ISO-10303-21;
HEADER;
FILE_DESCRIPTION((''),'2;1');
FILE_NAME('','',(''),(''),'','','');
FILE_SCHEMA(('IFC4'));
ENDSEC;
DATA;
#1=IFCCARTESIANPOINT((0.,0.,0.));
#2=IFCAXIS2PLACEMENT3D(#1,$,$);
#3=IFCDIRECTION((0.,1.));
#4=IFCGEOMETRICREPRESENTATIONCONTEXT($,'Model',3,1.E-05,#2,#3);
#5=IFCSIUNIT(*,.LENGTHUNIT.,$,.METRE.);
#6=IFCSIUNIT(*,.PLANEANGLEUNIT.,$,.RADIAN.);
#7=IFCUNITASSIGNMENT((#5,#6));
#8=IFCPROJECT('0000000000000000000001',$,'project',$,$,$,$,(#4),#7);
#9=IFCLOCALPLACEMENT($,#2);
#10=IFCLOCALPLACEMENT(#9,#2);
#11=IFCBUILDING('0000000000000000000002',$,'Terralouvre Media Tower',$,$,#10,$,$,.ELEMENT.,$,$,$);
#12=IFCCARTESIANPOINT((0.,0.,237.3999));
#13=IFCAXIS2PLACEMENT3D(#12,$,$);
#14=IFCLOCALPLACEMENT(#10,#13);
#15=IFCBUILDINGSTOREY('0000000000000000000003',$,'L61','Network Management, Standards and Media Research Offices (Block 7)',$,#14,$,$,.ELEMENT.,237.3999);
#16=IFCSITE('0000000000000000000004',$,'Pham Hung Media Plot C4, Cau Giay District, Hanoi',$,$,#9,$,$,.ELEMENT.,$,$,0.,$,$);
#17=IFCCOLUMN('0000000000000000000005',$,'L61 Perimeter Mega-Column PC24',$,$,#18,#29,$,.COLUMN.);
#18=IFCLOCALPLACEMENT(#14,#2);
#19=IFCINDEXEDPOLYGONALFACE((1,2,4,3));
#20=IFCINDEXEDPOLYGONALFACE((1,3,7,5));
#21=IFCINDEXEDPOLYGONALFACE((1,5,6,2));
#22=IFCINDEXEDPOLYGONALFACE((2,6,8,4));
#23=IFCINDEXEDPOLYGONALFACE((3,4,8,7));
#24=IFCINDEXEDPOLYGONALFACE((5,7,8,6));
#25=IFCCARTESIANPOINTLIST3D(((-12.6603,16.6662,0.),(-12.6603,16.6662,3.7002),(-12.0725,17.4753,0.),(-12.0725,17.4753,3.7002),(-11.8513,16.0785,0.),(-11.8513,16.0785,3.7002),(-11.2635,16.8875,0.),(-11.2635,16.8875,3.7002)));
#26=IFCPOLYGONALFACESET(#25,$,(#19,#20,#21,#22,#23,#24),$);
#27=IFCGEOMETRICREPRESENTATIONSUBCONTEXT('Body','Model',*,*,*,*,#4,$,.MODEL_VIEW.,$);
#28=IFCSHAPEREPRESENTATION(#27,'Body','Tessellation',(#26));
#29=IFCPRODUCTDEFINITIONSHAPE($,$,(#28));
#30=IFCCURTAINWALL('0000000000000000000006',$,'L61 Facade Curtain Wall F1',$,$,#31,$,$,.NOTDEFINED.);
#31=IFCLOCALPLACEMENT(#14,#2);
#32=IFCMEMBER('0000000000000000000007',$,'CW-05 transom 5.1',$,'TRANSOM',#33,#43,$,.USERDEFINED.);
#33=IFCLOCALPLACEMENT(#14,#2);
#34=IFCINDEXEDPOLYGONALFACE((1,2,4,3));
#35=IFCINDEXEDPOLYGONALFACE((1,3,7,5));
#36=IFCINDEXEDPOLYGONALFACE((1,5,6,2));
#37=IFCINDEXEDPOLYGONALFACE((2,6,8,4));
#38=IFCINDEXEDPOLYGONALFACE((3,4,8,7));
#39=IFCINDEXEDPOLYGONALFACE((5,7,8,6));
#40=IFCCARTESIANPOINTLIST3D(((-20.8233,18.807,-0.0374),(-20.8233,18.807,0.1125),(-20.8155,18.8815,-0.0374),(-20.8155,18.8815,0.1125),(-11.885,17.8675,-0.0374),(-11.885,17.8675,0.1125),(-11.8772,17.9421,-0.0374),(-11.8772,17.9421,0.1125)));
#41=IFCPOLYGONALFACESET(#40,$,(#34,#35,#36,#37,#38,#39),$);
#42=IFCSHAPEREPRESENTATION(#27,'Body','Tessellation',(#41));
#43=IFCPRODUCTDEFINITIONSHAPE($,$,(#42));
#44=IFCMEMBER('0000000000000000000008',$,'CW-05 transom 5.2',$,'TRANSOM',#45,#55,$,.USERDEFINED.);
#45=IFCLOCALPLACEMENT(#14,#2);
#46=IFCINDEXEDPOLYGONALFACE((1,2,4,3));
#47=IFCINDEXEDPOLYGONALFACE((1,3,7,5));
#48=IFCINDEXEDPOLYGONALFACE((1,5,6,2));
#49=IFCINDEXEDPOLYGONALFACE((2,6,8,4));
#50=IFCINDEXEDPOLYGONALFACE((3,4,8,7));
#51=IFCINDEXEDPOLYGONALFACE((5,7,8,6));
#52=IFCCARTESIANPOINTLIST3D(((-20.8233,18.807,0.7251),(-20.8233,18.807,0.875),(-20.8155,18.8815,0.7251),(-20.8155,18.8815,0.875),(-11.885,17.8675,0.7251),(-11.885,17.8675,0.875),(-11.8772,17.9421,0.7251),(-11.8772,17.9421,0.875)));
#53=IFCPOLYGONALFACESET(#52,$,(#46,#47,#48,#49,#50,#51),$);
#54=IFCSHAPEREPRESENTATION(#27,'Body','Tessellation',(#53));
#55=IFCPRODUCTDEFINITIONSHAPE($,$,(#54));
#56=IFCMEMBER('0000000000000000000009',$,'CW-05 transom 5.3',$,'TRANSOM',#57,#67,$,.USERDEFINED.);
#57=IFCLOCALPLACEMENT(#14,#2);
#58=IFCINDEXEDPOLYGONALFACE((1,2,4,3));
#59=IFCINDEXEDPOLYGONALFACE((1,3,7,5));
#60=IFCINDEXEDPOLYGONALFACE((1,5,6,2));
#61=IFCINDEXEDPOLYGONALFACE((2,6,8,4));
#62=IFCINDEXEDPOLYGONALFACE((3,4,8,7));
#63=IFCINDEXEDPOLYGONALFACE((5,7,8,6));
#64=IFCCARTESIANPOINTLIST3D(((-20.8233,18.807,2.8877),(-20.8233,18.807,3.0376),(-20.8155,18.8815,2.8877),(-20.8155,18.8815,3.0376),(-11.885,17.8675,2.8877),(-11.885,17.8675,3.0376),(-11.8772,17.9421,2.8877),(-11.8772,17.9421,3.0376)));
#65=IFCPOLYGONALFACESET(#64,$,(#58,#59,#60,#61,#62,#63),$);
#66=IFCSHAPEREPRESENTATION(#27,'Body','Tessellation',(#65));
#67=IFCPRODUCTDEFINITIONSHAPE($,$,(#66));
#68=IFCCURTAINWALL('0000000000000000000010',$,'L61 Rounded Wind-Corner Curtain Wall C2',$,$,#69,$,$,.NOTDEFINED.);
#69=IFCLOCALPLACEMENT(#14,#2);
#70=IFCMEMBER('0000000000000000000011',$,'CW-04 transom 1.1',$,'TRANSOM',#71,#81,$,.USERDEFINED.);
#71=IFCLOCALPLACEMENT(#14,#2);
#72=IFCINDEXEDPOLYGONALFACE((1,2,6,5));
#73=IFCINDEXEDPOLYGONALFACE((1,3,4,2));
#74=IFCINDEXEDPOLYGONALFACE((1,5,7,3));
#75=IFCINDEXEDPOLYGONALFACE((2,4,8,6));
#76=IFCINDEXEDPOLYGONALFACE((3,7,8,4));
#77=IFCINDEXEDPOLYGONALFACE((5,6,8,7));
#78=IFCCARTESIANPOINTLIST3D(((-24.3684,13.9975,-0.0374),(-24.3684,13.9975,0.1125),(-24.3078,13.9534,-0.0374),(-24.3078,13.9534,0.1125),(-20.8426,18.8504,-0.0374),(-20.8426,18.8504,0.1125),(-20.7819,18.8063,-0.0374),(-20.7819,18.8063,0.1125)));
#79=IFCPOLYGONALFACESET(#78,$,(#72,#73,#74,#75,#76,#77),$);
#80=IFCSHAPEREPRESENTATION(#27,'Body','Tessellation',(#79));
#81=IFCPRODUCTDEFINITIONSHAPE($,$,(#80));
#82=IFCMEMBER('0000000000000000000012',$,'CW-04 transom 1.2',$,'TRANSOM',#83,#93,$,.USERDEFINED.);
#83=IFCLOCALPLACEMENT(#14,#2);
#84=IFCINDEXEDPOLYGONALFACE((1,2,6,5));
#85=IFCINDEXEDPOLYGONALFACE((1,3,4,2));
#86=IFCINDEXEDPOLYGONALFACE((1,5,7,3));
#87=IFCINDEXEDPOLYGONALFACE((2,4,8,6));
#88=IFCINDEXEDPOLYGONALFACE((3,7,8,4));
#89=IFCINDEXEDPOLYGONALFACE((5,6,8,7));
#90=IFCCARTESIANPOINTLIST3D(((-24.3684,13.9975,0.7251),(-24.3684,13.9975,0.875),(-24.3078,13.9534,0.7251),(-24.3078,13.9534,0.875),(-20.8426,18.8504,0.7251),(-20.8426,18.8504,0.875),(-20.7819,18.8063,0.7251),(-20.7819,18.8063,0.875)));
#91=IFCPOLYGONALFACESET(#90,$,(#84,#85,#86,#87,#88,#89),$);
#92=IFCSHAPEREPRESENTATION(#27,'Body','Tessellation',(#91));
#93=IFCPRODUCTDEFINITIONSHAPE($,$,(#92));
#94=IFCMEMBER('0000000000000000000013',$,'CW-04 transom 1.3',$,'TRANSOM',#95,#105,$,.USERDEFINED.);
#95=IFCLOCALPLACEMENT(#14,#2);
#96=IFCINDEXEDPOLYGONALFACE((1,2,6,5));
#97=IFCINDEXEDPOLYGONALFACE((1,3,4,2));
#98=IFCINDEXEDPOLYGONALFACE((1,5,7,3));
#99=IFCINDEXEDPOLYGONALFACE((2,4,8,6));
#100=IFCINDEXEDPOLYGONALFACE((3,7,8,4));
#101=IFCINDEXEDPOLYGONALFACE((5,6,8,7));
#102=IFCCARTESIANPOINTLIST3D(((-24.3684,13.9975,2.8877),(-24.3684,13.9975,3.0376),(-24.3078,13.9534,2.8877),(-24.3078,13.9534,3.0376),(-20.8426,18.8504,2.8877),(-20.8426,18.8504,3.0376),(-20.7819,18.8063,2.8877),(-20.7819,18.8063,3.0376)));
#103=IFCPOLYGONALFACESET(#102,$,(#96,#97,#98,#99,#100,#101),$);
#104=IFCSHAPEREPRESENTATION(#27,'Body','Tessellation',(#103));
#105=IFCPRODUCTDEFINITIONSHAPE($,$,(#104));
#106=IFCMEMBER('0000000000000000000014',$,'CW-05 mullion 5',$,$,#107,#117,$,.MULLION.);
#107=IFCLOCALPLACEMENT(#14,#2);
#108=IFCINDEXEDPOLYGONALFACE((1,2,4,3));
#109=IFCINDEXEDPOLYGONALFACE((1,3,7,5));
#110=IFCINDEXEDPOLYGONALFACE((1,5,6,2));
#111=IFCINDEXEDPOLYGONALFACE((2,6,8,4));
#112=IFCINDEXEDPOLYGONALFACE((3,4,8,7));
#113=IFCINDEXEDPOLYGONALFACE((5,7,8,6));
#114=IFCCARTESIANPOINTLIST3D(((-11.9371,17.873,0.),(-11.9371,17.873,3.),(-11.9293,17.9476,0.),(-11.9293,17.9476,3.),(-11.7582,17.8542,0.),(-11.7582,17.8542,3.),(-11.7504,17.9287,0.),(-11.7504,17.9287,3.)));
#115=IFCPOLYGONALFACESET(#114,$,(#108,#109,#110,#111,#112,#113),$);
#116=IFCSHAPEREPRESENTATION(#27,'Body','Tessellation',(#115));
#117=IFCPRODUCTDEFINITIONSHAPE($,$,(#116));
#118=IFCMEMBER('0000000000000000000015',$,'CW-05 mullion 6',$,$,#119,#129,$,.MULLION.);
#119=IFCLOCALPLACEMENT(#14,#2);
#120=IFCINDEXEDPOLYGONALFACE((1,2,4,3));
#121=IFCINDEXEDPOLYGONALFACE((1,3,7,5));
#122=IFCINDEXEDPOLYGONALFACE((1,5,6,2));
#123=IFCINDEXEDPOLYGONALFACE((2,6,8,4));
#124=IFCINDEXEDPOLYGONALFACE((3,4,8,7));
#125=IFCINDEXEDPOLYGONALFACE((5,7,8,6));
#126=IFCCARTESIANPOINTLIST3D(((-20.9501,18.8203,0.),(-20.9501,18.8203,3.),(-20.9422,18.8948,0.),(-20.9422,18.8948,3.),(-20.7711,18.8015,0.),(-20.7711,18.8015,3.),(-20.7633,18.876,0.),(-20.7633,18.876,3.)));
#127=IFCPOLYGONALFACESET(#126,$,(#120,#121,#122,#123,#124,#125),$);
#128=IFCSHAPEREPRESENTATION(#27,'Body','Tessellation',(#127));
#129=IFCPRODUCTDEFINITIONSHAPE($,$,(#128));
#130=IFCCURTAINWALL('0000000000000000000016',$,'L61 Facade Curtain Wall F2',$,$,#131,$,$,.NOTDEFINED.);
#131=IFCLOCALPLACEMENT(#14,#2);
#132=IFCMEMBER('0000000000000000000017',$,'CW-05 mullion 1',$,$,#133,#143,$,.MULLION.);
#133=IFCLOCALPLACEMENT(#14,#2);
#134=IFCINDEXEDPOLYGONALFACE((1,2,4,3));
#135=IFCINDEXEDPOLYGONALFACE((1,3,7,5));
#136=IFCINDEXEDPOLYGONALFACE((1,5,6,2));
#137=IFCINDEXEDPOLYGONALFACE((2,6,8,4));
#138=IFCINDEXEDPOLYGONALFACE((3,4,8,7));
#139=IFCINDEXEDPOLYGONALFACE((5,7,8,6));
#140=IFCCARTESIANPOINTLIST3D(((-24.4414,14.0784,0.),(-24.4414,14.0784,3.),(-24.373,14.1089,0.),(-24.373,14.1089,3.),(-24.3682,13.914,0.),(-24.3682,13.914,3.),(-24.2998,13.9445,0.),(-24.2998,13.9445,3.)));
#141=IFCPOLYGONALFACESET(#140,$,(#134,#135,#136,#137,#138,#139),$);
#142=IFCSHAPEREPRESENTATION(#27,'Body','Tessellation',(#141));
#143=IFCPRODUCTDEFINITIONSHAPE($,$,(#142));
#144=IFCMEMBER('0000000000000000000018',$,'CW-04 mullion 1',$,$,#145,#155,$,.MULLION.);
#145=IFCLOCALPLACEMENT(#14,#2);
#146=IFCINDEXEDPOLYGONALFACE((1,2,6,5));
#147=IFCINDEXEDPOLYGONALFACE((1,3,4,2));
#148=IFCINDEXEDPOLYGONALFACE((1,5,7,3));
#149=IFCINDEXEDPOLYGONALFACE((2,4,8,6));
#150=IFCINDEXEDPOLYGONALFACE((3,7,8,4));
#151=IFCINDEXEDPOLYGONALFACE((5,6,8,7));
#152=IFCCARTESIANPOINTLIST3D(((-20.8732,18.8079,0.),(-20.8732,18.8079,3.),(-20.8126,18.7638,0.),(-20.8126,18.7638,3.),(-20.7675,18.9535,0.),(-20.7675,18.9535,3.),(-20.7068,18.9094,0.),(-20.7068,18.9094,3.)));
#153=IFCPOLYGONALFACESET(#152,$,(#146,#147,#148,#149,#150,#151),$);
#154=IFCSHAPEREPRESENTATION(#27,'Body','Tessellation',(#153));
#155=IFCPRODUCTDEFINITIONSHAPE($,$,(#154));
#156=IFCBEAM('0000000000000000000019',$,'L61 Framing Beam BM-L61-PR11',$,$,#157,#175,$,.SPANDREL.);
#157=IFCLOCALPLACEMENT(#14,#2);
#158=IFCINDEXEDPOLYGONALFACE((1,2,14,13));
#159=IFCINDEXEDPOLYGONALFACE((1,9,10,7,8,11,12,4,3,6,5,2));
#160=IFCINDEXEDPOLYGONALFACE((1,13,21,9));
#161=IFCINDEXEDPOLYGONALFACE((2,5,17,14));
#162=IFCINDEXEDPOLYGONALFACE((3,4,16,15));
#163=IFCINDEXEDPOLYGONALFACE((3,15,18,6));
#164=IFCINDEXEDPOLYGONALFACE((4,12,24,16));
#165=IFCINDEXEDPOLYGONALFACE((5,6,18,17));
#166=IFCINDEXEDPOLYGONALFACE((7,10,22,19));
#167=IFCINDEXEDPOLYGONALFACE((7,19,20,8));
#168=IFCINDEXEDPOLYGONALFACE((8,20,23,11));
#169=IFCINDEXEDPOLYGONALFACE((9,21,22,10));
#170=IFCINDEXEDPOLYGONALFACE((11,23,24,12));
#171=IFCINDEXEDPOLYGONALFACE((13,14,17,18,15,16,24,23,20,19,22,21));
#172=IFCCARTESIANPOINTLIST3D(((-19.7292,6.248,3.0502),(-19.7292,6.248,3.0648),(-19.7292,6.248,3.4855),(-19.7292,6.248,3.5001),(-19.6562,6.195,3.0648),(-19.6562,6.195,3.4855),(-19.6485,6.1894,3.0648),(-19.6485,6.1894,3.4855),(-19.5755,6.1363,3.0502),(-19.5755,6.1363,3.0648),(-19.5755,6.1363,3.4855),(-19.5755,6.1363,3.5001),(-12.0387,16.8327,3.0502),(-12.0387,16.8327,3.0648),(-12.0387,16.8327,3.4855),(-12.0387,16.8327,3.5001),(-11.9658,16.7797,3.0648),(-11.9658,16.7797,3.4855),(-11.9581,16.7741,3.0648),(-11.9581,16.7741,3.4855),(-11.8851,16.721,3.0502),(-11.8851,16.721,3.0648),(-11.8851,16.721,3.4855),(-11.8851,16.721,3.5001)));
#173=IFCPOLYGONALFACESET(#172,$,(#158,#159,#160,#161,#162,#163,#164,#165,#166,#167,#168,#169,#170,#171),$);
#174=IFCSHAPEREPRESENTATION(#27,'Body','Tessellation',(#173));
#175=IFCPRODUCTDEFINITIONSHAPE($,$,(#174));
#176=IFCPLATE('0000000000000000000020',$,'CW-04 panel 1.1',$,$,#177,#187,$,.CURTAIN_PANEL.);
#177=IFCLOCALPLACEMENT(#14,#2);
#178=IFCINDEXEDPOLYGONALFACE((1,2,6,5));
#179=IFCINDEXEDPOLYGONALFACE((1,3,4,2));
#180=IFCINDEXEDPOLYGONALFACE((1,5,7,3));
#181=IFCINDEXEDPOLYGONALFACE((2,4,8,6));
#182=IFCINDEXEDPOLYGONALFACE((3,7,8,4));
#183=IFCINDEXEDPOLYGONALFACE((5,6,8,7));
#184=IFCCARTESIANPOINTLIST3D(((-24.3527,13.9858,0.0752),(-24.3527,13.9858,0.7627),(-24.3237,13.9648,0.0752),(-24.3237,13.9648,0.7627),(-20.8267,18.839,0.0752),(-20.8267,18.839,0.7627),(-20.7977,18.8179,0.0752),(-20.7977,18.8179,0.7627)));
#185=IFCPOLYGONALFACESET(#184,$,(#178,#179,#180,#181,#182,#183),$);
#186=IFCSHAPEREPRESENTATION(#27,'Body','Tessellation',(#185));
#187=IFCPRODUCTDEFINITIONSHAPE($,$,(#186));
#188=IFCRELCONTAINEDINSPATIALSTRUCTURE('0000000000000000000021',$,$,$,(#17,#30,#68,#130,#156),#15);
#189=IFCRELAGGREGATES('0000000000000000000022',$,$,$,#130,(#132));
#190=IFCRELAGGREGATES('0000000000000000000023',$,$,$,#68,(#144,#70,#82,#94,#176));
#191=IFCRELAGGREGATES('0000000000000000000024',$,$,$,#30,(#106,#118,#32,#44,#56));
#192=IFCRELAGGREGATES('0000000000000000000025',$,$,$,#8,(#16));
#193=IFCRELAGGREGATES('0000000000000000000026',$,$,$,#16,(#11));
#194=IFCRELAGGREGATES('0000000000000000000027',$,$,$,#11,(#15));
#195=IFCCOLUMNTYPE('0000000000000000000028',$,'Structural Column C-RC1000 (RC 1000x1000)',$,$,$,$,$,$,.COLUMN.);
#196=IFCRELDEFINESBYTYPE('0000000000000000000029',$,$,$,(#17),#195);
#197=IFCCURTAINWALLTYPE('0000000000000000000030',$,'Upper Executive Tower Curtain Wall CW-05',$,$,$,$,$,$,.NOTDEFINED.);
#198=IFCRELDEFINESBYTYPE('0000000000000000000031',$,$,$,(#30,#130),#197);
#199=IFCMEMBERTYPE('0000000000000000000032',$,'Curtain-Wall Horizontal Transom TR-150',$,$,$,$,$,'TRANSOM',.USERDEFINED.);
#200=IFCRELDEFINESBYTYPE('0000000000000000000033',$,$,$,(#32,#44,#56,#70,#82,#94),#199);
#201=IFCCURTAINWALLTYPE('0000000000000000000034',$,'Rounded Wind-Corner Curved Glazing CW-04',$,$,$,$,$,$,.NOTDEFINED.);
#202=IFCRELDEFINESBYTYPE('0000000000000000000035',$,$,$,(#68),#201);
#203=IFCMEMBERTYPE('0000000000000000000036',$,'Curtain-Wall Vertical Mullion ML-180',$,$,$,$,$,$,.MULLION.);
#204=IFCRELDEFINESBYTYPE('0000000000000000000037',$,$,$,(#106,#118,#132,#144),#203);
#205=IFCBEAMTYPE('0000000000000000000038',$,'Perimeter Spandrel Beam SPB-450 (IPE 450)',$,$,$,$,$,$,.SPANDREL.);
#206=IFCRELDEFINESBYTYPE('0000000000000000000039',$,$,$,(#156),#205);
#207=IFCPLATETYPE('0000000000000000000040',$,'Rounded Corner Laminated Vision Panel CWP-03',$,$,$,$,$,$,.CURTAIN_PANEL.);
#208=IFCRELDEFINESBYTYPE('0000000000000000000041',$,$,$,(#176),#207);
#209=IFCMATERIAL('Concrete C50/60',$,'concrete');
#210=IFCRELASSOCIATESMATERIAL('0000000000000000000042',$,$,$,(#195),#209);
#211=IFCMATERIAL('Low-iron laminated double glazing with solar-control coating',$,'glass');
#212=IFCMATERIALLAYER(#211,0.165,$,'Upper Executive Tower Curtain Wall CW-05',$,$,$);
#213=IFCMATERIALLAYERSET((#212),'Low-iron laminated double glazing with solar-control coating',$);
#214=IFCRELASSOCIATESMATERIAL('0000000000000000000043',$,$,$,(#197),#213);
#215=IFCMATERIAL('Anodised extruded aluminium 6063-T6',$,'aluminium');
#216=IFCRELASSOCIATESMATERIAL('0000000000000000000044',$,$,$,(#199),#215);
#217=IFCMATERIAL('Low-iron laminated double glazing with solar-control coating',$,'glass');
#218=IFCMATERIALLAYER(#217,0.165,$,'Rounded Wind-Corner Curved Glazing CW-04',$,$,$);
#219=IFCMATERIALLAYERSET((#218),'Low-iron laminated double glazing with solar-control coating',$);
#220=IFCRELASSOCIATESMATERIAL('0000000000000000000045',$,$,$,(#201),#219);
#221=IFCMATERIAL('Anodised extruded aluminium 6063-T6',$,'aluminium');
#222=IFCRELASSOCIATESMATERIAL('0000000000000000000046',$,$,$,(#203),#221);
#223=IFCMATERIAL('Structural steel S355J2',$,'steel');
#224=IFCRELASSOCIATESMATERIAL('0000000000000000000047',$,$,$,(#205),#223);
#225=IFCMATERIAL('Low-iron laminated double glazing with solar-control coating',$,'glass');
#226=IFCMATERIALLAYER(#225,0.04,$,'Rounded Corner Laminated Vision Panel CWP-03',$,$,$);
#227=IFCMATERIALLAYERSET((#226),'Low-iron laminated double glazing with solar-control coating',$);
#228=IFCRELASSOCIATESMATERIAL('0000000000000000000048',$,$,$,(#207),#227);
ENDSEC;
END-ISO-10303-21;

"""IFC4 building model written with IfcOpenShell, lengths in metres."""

from ifc_helpers import new_model, si_unit, direction, frame, origin, origin_2d, place, context, subcontext, project, spatial, rectangle, i_section, extrude, material, layer, layer_set, material_profile, profile_set, type_object, element, aggregate, save


model = new_model("IFC4")

# Units and contexts
model_context = context("Model", 3, precision=1e-05, world=origin(), true_north=direction((0.0, 1.0)))
body_context = subcontext(model_context, "Body", "Model", "MODEL_VIEW")
ifc_project = project(units=[si_unit("LENGTHUNIT", "METRE"), si_unit("PLANEANGLEUNIT", "RADIAN")], contexts=[model_context])

# Site, building, storey
site_placement = place(None, origin())
site = spatial("IfcSite", under=ifc_project, at=site_placement, Name="Pham Hung Media Plot C4, Cau Giay District, Hanoi", CompositionType="ELEMENT", RefElevation=0.0)
building_placement = place(site_placement, origin())
building = spatial("IfcBuilding", under=site, at=building_placement, Name="Terralouvre Media Tower", CompositionType="ELEMENT")
storey_placement = place(building_placement, frame((0.0, 0.0, 237.3999)))
storey = spatial("IfcBuildingStorey", under=building, at=storey_placement, Name="L61", Description="Network Management, Standards and Media Research Offices (Block 7)", CompositionType="ELEMENT", Elevation=237.3999)

# Column
ifc_material_1 = material(Name="Concrete C50/60", Category="concrete")
ifc_material_profile_1 = material_profile(ifc_material_1, rectangle(XDim=1.0, YDim=1.0, at=origin_2d()), Name="RC 1000x1000")
ifc_profile_set_1 = profile_set([ifc_material_profile_1], Name="Concrete C50/60")
column_type = type_object("IfcColumnType", Name="Structural Column C-RC1000 (RC 1000x1000)", PredefinedType="COLUMN", material=ifc_profile_set_1)
column_placement = place(storey_placement, frame((-11.9619, 16.7769, 0.0), z_axis=(0.0, 0.0, 1.0), x_axis=(0.587785, 0.809017, 0.0)))
element("IfcColumn", 1, at=column_placement, inside=storey, type_object=column_type, Name="L61 Perimeter Mega-Column PC24", PredefinedType="COLUMN", context=body_context, shape_type="SweptSolid", body=[
    extrude(rectangle(XDim=1.0, YDim=1.0, at=origin_2d()), origin(), (0.0, 0.0, 1.0), 3.7002),
])

# Curtain walls, members
ifc_material_2 = material(Name="Low-iron laminated double glazing with solar-control coating", Category="glass")
ifc_layer_1 = layer(ifc_material_2, 0.165, Name="Upper Executive Tower Curtain Wall CW-05")
ifc_layer_set_1 = layer_set([ifc_layer_1], Name="Low-iron laminated double glazing with solar-control coating")
curtain_wall_type_1 = type_object("IfcCurtainWallType", Name="Upper Executive Tower Curtain Wall CW-05", PredefinedType="NOTDEFINED", material=ifc_layer_set_1)
curtain_wall_1_placement = place(storey_placement, origin())
curtain_wall_1 = element("IfcCurtainWall", 2, at=curtain_wall_1_placement, inside=storey, type_object=curtain_wall_type_1, Name="L61 Facade Curtain Wall F1", PredefinedType="NOTDEFINED")
ifc_material_3 = material(Name="Anodised extruded aluminium 6063-T6", Category="aluminium")
ifc_material_profile_2 = material_profile(ifc_material_3, rectangle(XDim=0.075, YDim=0.1499, at=origin_2d()), Name="ALU 75x150")
ifc_profile_set_2 = profile_set([ifc_material_profile_2], Name="Anodised extruded aluminium 6063-T6")
member_type_1 = type_object("IfcMemberType", Name="Curtain-Wall Horizontal Transom TR-150", ElementType="TRANSOM", PredefinedType="USERDEFINED", material=ifc_profile_set_2)
member_1_placement = place(storey_placement, frame((-11.8811, 17.9048, 0.0376), z_axis=(-0.994522, 0.104529, 0.0), x_axis=(-0.104529, -0.994522, 0.0)))
member_1 = element("IfcMember", 3, at=member_1_placement, type_object=member_type_1, Name="CW-05 transom 5.1", ObjectType="TRANSOM", PredefinedType="USERDEFINED", context=body_context, shape_type="SweptSolid", body=[
    extrude(rectangle(XDim=0.075, YDim=0.1499, at=origin_2d()), origin(), (0.0, 0.0, 1.0), 8.9875),
])
member_2_placement = place(storey_placement, frame((-11.8811, 17.9048, 0.8), z_axis=(-0.994522, 0.104529, 0.0), x_axis=(-0.104529, -0.994522, 0.0)))
member_2 = element("IfcMember", 4, at=member_2_placement, type_object=member_type_1, Name="CW-05 transom 5.2", ObjectType="TRANSOM", PredefinedType="USERDEFINED", context=body_context, shape_type="SweptSolid", body=[
    extrude(rectangle(XDim=0.075, YDim=0.1499, at=origin_2d()), origin(), (0.0, 0.0, 1.0), 8.9875),
])
member_3_placement = place(storey_placement, frame((-11.8811, 17.9048, 2.9626), z_axis=(-0.994522, 0.104529, 0.0), x_axis=(-0.104529, -0.994522, 0.0)))
member_3 = element("IfcMember", 5, at=member_3_placement, type_object=member_type_1, Name="CW-05 transom 5.3", ObjectType="TRANSOM", PredefinedType="USERDEFINED", context=body_context, shape_type="SweptSolid", body=[
    extrude(rectangle(XDim=0.075, YDim=0.1499, at=origin_2d()), origin(), (0.0, 0.0, 1.0), 8.9875),
])
ifc_material_4 = material(Name="Low-iron laminated double glazing with solar-control coating", Category="glass")
ifc_layer_2 = layer(ifc_material_4, 0.165, Name="Rounded Wind-Corner Curved Glazing CW-04")
ifc_layer_set_2 = layer_set([ifc_layer_2], Name="Low-iron laminated double glazing with solar-control coating")
curtain_wall_type_2 = type_object("IfcCurtainWallType", Name="Rounded Wind-Corner Curved Glazing CW-04", PredefinedType="NOTDEFINED", material=ifc_layer_set_2)
curtain_wall_2_placement = place(storey_placement, origin())
curtain_wall_2 = element("IfcCurtainWall", 6, at=curtain_wall_2_placement, inside=storey, type_object=curtain_wall_type_2, Name="L61 Rounded Wind-Corner Curtain Wall C2", PredefinedType="NOTDEFINED")
member_4_placement = place(storey_placement, frame((-20.8123, 18.8284, 0.0376), z_axis=(-0.58778, -0.809021, 0.0), x_axis=(0.809021, -0.58778, 0.0)))
member_4 = element("IfcMember", 7, at=member_4_placement, type_object=member_type_1, Name="CW-04 transom 1.1", ObjectType="TRANSOM", PredefinedType="USERDEFINED", context=body_context, shape_type="SweptSolid", body=[
    extrude(rectangle(XDim=0.075, YDim=0.1499, at=origin_2d()), origin(), (0.0, 0.0, 1.0), 5.9985),
])
member_5_placement = place(storey_placement, frame((-20.8123, 18.8284, 0.8), z_axis=(-0.58778, -0.809021, 0.0), x_axis=(0.809021, -0.58778, 0.0)))
member_5 = element("IfcMember", 8, at=member_5_placement, type_object=member_type_1, Name="CW-04 transom 1.2", ObjectType="TRANSOM", PredefinedType="USERDEFINED", context=body_context, shape_type="SweptSolid", body=[
    extrude(rectangle(XDim=0.075, YDim=0.1499, at=origin_2d()), origin(), (0.0, 0.0, 1.0), 5.9985),
])
member_6_placement = place(storey_placement, frame((-20.8123, 18.8284, 2.9626), z_axis=(-0.58778, -0.809021, 0.0), x_axis=(0.809021, -0.58778, 0.0)))
member_6 = element("IfcMember", 9, at=member_6_placement, type_object=member_type_1, Name="CW-04 transom 1.3", ObjectType="TRANSOM", PredefinedType="USERDEFINED", context=body_context, shape_type="SweptSolid", body=[
    extrude(rectangle(XDim=0.075, YDim=0.1499, at=origin_2d()), origin(), (0.0, 0.0, 1.0), 5.9985),
])

# Members
ifc_material_5 = material(Name="Anodised extruded aluminium 6063-T6", Category="aluminium")
ifc_material_profile_3 = material_profile(ifc_material_5, rectangle(XDim=0.075, YDim=0.1799, at=origin_2d()), Name="ALU 75x180")
ifc_profile_set_3 = profile_set([ifc_material_profile_3], Name="Anodised extruded aluminium 6063-T6")
member_type_2 = type_object("IfcMemberType", Name="Curtain-Wall Vertical Mullion ML-180", PredefinedType="MULLION", material=ifc_profile_set_3)
member_7_placement = place(storey_placement, frame((-11.8438, 17.9009, 0.0), z_axis=(0.0, 0.0, 1.0), x_axis=(-0.104529, -0.994522, 0.0)))
member_7 = element("IfcMember", 10, at=member_7_placement, type_object=member_type_2, Name="CW-05 mullion 5", PredefinedType="MULLION", context=body_context, shape_type="SweptSolid", body=[
    extrude(rectangle(XDim=0.075, YDim=0.1799, at=origin_2d()), origin(), (0.0, 0.0, 1.0), 3.0),
])
member_8_placement = place(storey_placement, frame((-20.8567, 18.8481, 0.0), z_axis=(0.0, 0.0, 1.0), x_axis=(-0.104529, -0.994522, 0.0)))
member_8 = element("IfcMember", 11, at=member_8_placement, type_object=member_type_2, Name="CW-05 mullion 6", PredefinedType="MULLION", context=body_context, shape_type="SweptSolid", body=[
    extrude(rectangle(XDim=0.075, YDim=0.1799, at=origin_2d()), origin(), (0.0, 0.0, 1.0), 3.0),
])

# Curtain wall, member
curtain_wall_3_placement = place(storey_placement, origin())
curtain_wall_3 = element("IfcCurtainWall", 12, at=curtain_wall_3_placement, inside=storey, type_object=curtain_wall_type_1, Name="L61 Facade Curtain Wall F2", PredefinedType="NOTDEFINED")
member_9_placement = place(storey_placement, frame((-24.3706, 14.0115, 0.0), z_axis=(0.0, 0.0, 1.0), x_axis=(0.913545, 0.406737, 0.0)))
member_9 = element("IfcMember", 13, at=member_9_placement, type_object=member_type_2, Name="CW-05 mullion 1", PredefinedType="MULLION", context=body_context, shape_type="SweptSolid", body=[
    extrude(rectangle(XDim=0.075, YDim=0.1799, at=origin_2d()), origin(), (0.0, 0.0, 1.0), 3.0),
])
aggregate(curtain_wall_3, [member_9])

# Member
member_10_placement = place(storey_placement, frame((-20.79, 18.8586, 0.0), z_axis=(0.0, 0.0, 1.0), x_axis=(0.809017, -0.587786, 0.0)))
member_10 = element("IfcMember", 14, at=member_10_placement, type_object=member_type_2, Name="CW-04 mullion 1", PredefinedType="MULLION", context=body_context, shape_type="SweptSolid", body=[
    extrude(rectangle(XDim=0.075, YDim=0.1799, at=origin_2d()), origin(), (0.0, 0.0, 1.0), 3.0),
])

# Beam
ifc_material_6 = material(Name="Structural steel S355J2", Category="steel")
ifc_material_profile_4 = material_profile(ifc_material_6, i_section(OverallWidth=0.1899, OverallDepth=0.45, WebThickness=0.0095, FlangeThickness=0.0146, at=origin_2d()), Name="IPE 450")
ifc_profile_set_4 = profile_set([ifc_material_profile_4], Name="Structural steel S355J2")
beam_type = type_object("IfcBeamType", Name="Perimeter Spandrel Beam SPB-450 (IPE 450)", PredefinedType="SPANDREL", material=ifc_profile_set_4)
beam_placement = place(storey_placement, frame((-11.9619, 16.7769, 3.2751), z_axis=(-0.587794, -0.80901, 0.0), x_axis=(0.80901, -0.587794, 0.0)))
element("IfcBeam", 15, at=beam_placement, inside=storey, type_object=beam_type, Name="L61 Framing Beam BM-L61-PR11", PredefinedType="SPANDREL", context=body_context, shape_type="SweptSolid", body=[
    extrude(i_section(OverallWidth=0.1899, OverallDepth=0.45, WebThickness=0.0095, FlangeThickness=0.0146, at=origin_2d()), origin(), (0.0, 0.0, 1.0), 13.0835),
])

# Plate
ifc_material_7 = material(Name="Low-iron laminated double glazing with solar-control coating", Category="glass")
ifc_layer_3 = layer(ifc_material_7, 0.04, Name="Rounded Corner Laminated Vision Panel CWP-03")
ifc_layer_set_3 = layer_set([ifc_layer_3], Name="Low-iron laminated double glazing with solar-control coating")
plate_type_1 = type_object("IfcPlateType", Name="Rounded Corner Laminated Vision Panel CWP-03", PredefinedType="CURTAIN_PANEL", material=ifc_layer_set_3)
plate_1_placement = place(storey_placement, frame((-22.5752, 16.4019, 0.0752), z_axis=(0.0, 0.0, 1.0), x_axis=(-0.587786, -0.809017, 0.0)))
plate_1 = element("IfcPlate", 16, at=plate_1_placement, type_object=plate_type_1, Name="CW-04 panel 1.1", PredefinedType="CURTAIN_PANEL", context=body_context, shape_type="SweptSolid", body=[
    extrude(rectangle(XDim=5.9988, YDim=0.0359, at=origin_2d()), origin(), (0.0, 0.0, 1.0), 0.6875),
])
aggregate(curtain_wall_2, [member_10, member_4, member_5, member_6, plate_1])
aggregate(curtain_wall_1, [member_7, member_8, member_1, member_2, member_3])

save(model, "model.ifc")
